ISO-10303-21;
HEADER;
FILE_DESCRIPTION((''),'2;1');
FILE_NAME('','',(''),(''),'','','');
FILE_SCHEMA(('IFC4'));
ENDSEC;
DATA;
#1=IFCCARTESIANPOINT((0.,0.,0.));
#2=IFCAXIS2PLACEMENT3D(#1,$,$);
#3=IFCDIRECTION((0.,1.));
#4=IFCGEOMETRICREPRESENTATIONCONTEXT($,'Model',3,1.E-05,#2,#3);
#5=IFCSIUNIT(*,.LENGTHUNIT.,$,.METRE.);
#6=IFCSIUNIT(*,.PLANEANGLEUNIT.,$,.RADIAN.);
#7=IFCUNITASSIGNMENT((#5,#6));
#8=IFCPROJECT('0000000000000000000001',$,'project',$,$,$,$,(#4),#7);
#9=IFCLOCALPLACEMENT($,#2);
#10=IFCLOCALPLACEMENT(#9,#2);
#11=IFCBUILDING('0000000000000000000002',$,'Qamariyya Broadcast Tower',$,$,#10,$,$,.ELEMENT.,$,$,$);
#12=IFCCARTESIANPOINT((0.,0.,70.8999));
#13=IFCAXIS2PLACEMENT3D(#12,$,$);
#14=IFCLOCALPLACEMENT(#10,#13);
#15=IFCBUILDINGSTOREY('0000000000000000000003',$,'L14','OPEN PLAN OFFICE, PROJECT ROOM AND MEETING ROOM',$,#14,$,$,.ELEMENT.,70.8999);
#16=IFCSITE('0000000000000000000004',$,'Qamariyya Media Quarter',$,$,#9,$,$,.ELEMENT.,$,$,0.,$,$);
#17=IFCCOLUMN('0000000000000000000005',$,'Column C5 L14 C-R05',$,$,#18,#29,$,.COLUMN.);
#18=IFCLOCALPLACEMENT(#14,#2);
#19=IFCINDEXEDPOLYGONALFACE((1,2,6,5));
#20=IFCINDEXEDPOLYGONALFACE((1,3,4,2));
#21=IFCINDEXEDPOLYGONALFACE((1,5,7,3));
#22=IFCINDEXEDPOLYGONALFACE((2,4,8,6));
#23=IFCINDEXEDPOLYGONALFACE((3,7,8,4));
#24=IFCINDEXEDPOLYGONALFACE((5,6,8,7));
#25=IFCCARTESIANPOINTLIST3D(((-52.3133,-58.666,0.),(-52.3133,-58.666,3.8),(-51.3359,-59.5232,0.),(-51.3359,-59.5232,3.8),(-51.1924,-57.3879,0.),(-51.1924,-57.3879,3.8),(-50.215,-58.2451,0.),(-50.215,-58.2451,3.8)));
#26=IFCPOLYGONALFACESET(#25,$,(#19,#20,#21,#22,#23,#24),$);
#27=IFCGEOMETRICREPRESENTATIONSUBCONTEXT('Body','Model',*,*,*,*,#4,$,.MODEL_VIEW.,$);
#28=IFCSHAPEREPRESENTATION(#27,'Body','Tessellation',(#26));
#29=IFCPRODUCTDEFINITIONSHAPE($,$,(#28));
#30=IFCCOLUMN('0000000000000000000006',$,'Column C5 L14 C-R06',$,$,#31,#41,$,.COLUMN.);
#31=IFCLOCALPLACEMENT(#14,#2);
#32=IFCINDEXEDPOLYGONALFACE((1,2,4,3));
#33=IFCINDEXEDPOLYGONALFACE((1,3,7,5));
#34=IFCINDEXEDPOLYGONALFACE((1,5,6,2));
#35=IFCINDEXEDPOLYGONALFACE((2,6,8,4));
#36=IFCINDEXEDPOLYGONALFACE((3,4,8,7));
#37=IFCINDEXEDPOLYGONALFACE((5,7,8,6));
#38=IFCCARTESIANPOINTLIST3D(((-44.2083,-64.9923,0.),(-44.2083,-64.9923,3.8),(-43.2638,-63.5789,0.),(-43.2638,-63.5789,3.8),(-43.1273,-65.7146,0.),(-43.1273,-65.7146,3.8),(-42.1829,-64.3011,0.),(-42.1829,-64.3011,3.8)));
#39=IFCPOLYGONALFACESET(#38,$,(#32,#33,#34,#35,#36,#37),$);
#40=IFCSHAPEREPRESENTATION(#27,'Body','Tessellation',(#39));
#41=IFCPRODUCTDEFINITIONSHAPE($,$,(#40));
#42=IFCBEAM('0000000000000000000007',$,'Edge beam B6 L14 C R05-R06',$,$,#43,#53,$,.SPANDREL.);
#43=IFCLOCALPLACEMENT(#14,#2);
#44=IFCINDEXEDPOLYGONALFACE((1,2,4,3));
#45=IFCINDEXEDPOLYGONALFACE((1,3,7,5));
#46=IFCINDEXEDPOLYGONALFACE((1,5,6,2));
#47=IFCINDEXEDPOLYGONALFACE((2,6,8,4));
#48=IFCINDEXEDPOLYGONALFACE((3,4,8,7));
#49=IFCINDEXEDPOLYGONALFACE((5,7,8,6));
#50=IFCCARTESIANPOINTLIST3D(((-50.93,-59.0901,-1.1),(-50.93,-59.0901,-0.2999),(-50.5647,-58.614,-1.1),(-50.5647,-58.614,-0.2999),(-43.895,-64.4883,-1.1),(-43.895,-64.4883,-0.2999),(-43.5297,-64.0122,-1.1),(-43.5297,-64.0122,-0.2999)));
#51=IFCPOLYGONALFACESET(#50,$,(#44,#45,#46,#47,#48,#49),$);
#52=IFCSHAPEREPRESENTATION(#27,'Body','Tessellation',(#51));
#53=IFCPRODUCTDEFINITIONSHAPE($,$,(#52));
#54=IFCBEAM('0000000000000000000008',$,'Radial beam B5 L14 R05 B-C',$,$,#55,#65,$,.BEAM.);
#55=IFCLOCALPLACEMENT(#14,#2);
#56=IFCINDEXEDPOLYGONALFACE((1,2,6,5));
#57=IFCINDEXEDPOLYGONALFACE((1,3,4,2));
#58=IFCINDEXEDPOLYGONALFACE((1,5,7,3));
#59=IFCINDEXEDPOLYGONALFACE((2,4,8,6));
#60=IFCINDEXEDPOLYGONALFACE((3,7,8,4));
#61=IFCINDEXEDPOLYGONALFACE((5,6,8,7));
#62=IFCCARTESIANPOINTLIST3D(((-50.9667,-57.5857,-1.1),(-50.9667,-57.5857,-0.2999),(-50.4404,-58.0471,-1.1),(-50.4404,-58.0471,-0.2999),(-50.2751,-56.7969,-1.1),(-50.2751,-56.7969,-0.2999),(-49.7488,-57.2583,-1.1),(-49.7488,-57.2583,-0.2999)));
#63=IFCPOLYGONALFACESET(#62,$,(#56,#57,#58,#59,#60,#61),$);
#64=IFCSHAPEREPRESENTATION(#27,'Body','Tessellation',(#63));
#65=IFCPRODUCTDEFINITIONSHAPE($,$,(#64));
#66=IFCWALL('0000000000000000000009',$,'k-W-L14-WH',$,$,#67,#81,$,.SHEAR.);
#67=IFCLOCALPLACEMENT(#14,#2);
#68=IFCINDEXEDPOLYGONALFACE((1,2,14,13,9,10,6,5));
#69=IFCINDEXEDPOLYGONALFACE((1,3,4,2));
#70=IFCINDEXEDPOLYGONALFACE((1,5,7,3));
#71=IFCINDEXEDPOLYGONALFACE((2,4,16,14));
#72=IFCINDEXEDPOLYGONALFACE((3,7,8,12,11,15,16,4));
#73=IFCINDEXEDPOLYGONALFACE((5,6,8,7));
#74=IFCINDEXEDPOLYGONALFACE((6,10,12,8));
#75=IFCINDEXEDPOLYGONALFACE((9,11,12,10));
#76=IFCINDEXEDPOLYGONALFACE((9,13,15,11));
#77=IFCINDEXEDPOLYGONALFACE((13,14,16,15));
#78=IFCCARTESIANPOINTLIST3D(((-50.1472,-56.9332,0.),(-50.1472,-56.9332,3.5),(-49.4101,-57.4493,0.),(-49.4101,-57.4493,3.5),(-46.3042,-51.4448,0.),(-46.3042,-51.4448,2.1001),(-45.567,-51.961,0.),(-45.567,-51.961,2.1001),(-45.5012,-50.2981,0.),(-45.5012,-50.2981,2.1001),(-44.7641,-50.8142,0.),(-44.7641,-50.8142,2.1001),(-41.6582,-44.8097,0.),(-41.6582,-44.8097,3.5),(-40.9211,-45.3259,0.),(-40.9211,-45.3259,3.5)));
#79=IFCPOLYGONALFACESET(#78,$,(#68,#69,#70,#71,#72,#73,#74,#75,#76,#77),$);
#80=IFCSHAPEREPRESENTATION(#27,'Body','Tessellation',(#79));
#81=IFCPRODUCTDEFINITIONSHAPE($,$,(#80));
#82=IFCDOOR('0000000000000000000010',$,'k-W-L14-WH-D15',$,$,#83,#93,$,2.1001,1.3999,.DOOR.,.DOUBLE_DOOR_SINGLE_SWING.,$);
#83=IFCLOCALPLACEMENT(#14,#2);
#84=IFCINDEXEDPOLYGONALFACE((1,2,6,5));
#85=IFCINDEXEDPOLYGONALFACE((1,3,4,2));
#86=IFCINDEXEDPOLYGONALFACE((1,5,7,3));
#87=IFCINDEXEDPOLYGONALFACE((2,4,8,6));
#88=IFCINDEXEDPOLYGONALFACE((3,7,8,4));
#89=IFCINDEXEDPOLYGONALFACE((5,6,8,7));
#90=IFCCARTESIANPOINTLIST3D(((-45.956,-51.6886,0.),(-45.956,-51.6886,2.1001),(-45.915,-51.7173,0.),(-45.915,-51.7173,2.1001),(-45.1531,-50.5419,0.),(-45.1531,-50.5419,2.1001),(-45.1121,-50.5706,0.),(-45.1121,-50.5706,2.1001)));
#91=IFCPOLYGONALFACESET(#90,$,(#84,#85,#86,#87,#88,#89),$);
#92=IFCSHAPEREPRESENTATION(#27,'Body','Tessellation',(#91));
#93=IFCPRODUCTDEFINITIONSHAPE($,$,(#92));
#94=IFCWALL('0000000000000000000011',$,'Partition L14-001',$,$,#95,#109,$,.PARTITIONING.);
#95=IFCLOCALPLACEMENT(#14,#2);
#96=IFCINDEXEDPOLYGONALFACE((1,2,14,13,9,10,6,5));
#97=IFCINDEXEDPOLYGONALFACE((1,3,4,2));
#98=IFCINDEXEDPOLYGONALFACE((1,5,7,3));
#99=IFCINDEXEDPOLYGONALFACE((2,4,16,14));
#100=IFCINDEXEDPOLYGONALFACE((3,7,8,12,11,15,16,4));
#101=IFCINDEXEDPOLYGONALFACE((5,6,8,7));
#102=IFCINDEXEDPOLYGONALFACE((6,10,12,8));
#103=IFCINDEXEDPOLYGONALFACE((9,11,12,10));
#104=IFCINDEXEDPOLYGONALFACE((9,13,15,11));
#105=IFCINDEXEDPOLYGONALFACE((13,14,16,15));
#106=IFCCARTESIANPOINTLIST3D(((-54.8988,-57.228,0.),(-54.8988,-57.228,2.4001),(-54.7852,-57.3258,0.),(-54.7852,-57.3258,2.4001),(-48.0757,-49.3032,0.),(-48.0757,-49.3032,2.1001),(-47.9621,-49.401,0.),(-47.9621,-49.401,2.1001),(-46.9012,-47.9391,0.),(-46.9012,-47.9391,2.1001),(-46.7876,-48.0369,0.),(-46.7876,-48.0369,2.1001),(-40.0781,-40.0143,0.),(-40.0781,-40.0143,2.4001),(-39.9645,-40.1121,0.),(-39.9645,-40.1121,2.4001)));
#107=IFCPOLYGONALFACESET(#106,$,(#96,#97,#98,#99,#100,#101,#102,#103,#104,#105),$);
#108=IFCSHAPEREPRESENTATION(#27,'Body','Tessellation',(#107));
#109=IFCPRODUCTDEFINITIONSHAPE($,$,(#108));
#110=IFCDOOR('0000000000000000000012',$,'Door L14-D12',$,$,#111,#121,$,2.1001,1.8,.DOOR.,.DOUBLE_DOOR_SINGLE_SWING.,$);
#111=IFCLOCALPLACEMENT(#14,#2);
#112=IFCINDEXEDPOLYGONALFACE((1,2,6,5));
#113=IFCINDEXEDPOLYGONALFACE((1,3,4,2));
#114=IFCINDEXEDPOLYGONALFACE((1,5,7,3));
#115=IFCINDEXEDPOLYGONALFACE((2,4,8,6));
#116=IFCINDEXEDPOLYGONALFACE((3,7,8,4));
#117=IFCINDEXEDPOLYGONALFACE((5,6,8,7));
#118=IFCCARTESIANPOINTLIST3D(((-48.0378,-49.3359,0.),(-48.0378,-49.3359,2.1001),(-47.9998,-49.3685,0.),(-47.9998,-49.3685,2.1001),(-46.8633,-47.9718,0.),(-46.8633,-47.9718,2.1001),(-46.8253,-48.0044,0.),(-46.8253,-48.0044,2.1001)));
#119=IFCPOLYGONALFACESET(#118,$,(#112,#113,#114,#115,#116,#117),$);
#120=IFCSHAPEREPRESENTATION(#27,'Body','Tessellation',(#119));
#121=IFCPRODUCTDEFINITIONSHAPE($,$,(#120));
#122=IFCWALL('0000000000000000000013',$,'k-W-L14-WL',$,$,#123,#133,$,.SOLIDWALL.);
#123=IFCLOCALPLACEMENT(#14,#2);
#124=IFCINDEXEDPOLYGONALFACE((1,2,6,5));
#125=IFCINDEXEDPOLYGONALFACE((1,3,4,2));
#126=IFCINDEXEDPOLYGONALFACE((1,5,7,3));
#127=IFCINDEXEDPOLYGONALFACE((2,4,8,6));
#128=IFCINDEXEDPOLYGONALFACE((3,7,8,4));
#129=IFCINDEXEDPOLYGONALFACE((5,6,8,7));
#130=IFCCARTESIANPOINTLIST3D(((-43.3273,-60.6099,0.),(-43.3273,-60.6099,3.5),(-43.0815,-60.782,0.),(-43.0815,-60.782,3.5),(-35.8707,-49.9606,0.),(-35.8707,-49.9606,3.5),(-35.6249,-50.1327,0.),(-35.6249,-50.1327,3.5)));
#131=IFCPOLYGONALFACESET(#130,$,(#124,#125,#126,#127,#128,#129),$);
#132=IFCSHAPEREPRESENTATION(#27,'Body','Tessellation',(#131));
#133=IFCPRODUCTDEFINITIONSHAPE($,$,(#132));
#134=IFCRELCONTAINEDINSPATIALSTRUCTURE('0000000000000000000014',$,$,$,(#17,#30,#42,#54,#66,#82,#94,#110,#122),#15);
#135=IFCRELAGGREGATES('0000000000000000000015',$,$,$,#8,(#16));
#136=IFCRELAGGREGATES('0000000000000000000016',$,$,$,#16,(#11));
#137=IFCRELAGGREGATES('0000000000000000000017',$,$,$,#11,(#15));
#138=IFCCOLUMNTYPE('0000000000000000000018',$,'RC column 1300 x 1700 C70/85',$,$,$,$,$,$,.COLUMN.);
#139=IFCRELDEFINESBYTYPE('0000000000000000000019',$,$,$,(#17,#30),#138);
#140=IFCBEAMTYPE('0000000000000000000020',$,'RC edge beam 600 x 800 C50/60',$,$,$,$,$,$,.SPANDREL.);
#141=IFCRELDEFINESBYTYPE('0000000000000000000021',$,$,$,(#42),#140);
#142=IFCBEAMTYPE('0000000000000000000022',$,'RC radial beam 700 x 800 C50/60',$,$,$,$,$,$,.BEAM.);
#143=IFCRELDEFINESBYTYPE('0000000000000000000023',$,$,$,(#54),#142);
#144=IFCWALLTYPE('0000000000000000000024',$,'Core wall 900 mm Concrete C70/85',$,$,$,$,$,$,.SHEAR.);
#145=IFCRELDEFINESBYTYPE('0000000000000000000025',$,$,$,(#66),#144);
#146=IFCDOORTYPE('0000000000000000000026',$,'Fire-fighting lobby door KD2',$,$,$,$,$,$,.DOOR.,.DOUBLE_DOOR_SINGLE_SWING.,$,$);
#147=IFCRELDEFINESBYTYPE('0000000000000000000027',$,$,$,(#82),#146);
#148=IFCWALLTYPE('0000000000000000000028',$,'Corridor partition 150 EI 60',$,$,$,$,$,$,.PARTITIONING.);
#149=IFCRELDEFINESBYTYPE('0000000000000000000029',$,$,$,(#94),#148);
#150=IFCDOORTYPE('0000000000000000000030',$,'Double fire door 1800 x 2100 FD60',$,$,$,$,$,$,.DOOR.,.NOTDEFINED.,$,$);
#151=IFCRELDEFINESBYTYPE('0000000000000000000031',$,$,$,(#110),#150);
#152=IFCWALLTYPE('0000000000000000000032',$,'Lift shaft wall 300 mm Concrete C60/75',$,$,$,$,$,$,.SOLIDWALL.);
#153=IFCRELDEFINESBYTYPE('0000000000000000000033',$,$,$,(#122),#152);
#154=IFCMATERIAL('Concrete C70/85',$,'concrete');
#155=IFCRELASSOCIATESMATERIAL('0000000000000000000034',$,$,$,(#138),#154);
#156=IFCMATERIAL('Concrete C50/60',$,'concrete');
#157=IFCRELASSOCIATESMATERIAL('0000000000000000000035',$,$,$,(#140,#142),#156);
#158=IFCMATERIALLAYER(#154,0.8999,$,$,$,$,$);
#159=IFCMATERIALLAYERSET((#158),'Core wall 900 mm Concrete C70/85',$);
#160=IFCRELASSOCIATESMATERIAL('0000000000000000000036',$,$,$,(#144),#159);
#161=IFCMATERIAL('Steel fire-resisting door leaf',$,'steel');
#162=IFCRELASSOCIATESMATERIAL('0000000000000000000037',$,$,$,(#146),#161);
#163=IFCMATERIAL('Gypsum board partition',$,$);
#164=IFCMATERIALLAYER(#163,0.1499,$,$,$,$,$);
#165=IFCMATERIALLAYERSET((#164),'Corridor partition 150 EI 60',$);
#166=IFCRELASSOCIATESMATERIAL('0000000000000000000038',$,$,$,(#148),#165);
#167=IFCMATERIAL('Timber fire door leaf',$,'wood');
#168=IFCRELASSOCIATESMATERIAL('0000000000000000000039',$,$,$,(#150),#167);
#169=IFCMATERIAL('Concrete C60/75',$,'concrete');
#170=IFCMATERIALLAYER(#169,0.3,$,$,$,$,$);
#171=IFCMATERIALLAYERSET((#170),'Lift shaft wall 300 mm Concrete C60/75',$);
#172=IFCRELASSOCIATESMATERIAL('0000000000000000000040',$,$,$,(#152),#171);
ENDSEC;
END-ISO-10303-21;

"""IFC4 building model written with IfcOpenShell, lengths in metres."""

from ifc_helpers import new_model, si_unit, direction, frame, frame_2d, origin, origin_2d, place, context, subcontext, project, spatial, rectangle, extrude, material, layer, layer_set, material_profile, profile_set, type_object, element, fill, save


model = new_model("IFC4")

# Units and contexts
model_context = context("Model", 3, precision=1e-05, world=origin(), true_north=direction((0.0, 1.0)))
body_context = subcontext(model_context, "Body", "Model", "MODEL_VIEW")
ifc_project = project(units=[si_unit("LENGTHUNIT", "METRE"), si_unit("PLANEANGLEUNIT", "RADIAN")], contexts=[model_context])

# Site, building, storey
site_placement = place(None, origin())
site = spatial("IfcSite", under=ifc_project, at=site_placement, Name="Qamariyya Media Quarter", CompositionType="ELEMENT", RefElevation=0.0)
building_placement = place(site_placement, origin())
building = spatial("IfcBuilding", under=site, at=building_placement, Name="Qamariyya Broadcast Tower", CompositionType="ELEMENT")
storey_placement = place(building_placement, frame((0.0, 0.0, 70.8999)))
storey = spatial("IfcBuildingStorey", under=building, at=storey_placement, Name="L14", Description="OPEN PLAN OFFICE, PROJECT ROOM AND MEETING ROOM", CompositionType="ELEMENT", Elevation=70.8999)

# Columns
ifc_material_1 = material(Name="Concrete C70/85", Category="concrete")
ifc_material_profile_1 = material_profile(ifc_material_1, rectangle(XDim=1.3, YDim=1.7, at=origin_2d()))
ifc_profile_set_1 = profile_set([ifc_material_profile_1], Name="Concrete C70/85")
column_type = type_object("IfcColumnType", Name="RC column 1300 x 1700 C70/85", PredefinedType="COLUMN", material=ifc_profile_set_1)
for number, where, z_axis, x_axis, name in (
    (1, (-51.2642, -58.4556, 0.0), (0.0, 0.0, 1.0), (0.75184, -0.659346, 0.0), "Column C5 L14 C-R05"),
    (2, (-43.1956, -64.6467, 0.0), (0.0, 0.0, 1.0), (0.83147, -0.55557, 0.0), "Column C5 L14 C-R06"),
):
    element("IfcColumn", number, at=place(storey_placement, frame(where, z_axis=z_axis, x_axis=x_axis)), inside=storey, type_object=column_type, Name=name, PredefinedType="COLUMN", context=body_context, shape_type="SweptSolid", body=[
        extrude(rectangle(XDim=1.3, YDim=1.7, at=origin_2d()), origin(), (0.0, 0.0, 1.0), 3.8),
    ])

# Beams
ifc_material_2 = material(Name="Concrete C50/60", Category="concrete")
ifc_material_profile_2 = material_profile(ifc_material_2, rectangle(XDim=0.6001, YDim=0.8, at=origin_2d()))
ifc_profile_set_2 = profile_set([ifc_material_profile_2], Name="Concrete C50/60")
beam_type_1 = type_object("IfcBeamType", Name="RC edge beam 600 x 800 C50/60", PredefinedType="SPANDREL", material=ifc_profile_set_2)
beam_1_placement = place(storey_placement, frame((-50.7473, -58.8521, -0.7), z_axis=(0.793347, -0.60877, 0.0), x_axis=(0.60877, 0.793347, 0.0)))
element("IfcBeam", 3, at=beam_1_placement, inside=storey, type_object=beam_type_1, Name="Edge beam B6 L14 C R05-R06", PredefinedType="SPANDREL", context=body_context, shape_type="SweptSolid", body=[
    extrude(rectangle(XDim=0.6001, YDim=0.8, at=origin_2d()), origin(), (0.0, 0.0, 1.0), 8.8674),
])
ifc_material_profile_3 = material_profile(ifc_material_2, rectangle(XDim=0.7, YDim=0.8, at=origin_2d()))
ifc_profile_set_3 = profile_set([ifc_material_profile_3], Name="Concrete C50/60")
beam_type_2 = type_object("IfcBeamType", Name="RC radial beam 700 x 800 C50/60", PredefinedType="BEAM", material=ifc_profile_set_3)
beam_2_placement = place(storey_placement, frame((-50.012, -57.0276, -0.7), z_axis=(-0.659279, -0.751899, 0.0), x_axis=(0.751899, -0.659279, 0.0)))
element("IfcBeam", 4, at=beam_2_placement, inside=storey, type_object=beam_type_2, Name="Radial beam B5 L14 R05 B-C", PredefinedType="BEAM", context=body_context, shape_type="SweptSolid", body=[
    extrude(rectangle(XDim=0.7, YDim=0.8, at=origin_2d()), origin(), (0.0, 0.0, 1.0), 1.0491),
])

# Walls, openings, doors
ifc_layer_1 = layer(ifc_material_1, 0.8999)
ifc_layer_set_1 = layer_set([ifc_layer_1], Name="Core wall 900 mm Concrete C70/85")
wall_type_1 = type_object("IfcWallType", Name="Core wall 900 mm Concrete C70/85", PredefinedType="SHEAR", material=ifc_layer_set_1)
wall_1_placement = place(storey_placement, frame((-49.7786, -57.1912, 0.0), z_axis=(0.0, 0.0, 1.0), x_axis=(0.573577, 0.819151, 0.0)))
wall_1 = element("IfcWall", 5, at=wall_1_placement, inside=storey, type_object=wall_type_1, Name="k-W-L14-WH", PredefinedType="SHEAR", context=body_context, shape_type="SweptSolid", body=[
    extrude(rectangle(XDim=14.8, YDim=0.8999, at=frame_2d((7.3999, 0.0))), origin(), (0.0, 0.0, 1.0), 3.5),
])
opening_1_placement = place(wall_1_placement, frame((6.7, 0.0, 0.0)))
opening_1 = element("IfcOpeningElement", 6, at=opening_1_placement, cuts=wall_1, PredefinedType="OPENING", context=body_context, shape_type="SweptSolid", body=[
    extrude(rectangle(XDim=1.3999, YDim=2.1001, at=frame_2d((0.7, 1.05))), frame((0.0, 0.46, 0.0), z_axis=(0.0, -1.0, 0.0), x_axis=(1.0, 0.0, 0.0)), (0.0, 0.0, 1.0), 0.9199),
])
ifc_material_3 = material(Name="Steel fire-resisting door leaf", Category="steel")
door_type_1 = type_object("IfcDoorType", Name="Fire-fighting lobby door KD2", OperationType="DOUBLE_DOOR_SINGLE_SWING", PredefinedType="DOOR", material=ifc_material_3)
door_1_placement = place(opening_1_placement, origin())
door_1 = element("IfcDoor", 7, at=door_1_placement, inside=storey, type_object=door_type_1, Name="k-W-L14-WH-D15", OperationType="DOUBLE_DOOR_SINGLE_SWING", OverallHeight=2.1001, OverallWidth=1.3999, PredefinedType="DOOR", context=body_context, shape_type="SweptSolid", body=[
    extrude(rectangle(XDim=1.3999, YDim=2.1001, at=frame_2d((0.7, 1.05))), frame((0.0, 0.0249, 0.0), z_axis=(0.0, -1.0, 0.0), x_axis=(1.0, 0.0, 0.0)), (0.0, 0.0, 1.0), 0.05),
])
fill(opening_1, door_1)
ifc_material_4 = material(Name="Gypsum board partition")
ifc_layer_2 = layer(ifc_material_4, 0.1499)
ifc_layer_set_2 = layer_set([ifc_layer_2], Name="Corridor partition 150 EI 60")
wall_type_2 = type_object("IfcWallType", Name="Corridor partition 150 EI 60", PredefinedType="PARTITIONING", material=ifc_layer_set_2)
wall_2_placement = place(storey_placement, frame((-54.842, -57.2769, 0.0), z_axis=(0.0, 0.0, 1.0), x_axis=(0.652472, 0.757813, 0.0)))
wall_2 = element("IfcWall", 8, at=wall_2_placement, inside=storey, type_object=wall_type_2, Name="Partition L14-001", PredefinedType="PARTITIONING", context=body_context, shape_type="SweptSolid", body=[
    extrude(rectangle(XDim=22.7148, YDim=0.1499, at=frame_2d((11.3574, 0.0))), origin(), (0.0, 0.0, 1.0), 2.4001),
])
opening_2_placement = place(wall_2_placement, frame((10.4575, 0.0, 0.0)))
opening_2 = element("IfcOpeningElement", 9, at=opening_2_placement, cuts=wall_2, PredefinedType="OPENING", context=body_context, shape_type="SweptSolid", body=[
    extrude(rectangle(XDim=1.8, YDim=2.1001, at=frame_2d((0.8999, 1.05))), frame((0.0, 0.085, 0.0), z_axis=(0.0, -1.0, 0.0), x_axis=(1.0, 0.0, 0.0)), (0.0, 0.0, 1.0), 0.1699),
])
ifc_material_5 = material(Name="Timber fire door leaf", Category="wood")
door_type_2 = type_object("IfcDoorType", Name="Double fire door 1800 x 2100 FD60", OperationType="NOTDEFINED", PredefinedType="DOOR", material=ifc_material_5)
door_2_placement = place(opening_2_placement, origin())
door_2 = element("IfcDoor", 10, at=door_2_placement, inside=storey, type_object=door_type_2, Name="Door L14-D12", OperationType="DOUBLE_DOOR_SINGLE_SWING", OverallHeight=2.1001, OverallWidth=1.8, PredefinedType="DOOR", context=body_context, shape_type="SweptSolid", body=[
    extrude(rectangle(XDim=1.8, YDim=2.1001, at=frame_2d((0.8999, 1.05))), frame((0.0, 0.0249, 0.0), z_axis=(0.0, -1.0, 0.0), x_axis=(1.0, 0.0, 0.0)), (0.0, 0.0, 1.0), 0.05),
])
fill(opening_2, door_2)

# Wall
ifc_material_6 = material(Name="Concrete C60/75", Category="concrete")
ifc_layer_3 = layer(ifc_material_6, 0.3)
ifc_layer_set_3 = layer_set([ifc_layer_3], Name="Lift shaft wall 300 mm Concrete C60/75")
wall_type_3 = type_object("IfcWallType", Name="Lift shaft wall 300 mm Concrete C60/75", PredefinedType="SOLIDWALL", material=ifc_layer_set_3)
wall_3_placement = place(storey_placement, frame((-43.2043, -60.6958, 0.0), z_axis=(0.0, 0.0, 1.0), x_axis=(0.573572, 0.819155, 0.0)))
element("IfcWall", 11, at=wall_3_placement, inside=storey, type_object=wall_type_3, Name="k-W-L14-WL", PredefinedType="SOLIDWALL", context=body_context, shape_type="SweptSolid", body=[
    extrude(rectangle(XDim=13.0002, YDim=0.3, at=frame_2d((6.5, 0.0))), origin(), (0.0, 0.0, 1.0), 3.5),
])

save(model, "model.ifc")
